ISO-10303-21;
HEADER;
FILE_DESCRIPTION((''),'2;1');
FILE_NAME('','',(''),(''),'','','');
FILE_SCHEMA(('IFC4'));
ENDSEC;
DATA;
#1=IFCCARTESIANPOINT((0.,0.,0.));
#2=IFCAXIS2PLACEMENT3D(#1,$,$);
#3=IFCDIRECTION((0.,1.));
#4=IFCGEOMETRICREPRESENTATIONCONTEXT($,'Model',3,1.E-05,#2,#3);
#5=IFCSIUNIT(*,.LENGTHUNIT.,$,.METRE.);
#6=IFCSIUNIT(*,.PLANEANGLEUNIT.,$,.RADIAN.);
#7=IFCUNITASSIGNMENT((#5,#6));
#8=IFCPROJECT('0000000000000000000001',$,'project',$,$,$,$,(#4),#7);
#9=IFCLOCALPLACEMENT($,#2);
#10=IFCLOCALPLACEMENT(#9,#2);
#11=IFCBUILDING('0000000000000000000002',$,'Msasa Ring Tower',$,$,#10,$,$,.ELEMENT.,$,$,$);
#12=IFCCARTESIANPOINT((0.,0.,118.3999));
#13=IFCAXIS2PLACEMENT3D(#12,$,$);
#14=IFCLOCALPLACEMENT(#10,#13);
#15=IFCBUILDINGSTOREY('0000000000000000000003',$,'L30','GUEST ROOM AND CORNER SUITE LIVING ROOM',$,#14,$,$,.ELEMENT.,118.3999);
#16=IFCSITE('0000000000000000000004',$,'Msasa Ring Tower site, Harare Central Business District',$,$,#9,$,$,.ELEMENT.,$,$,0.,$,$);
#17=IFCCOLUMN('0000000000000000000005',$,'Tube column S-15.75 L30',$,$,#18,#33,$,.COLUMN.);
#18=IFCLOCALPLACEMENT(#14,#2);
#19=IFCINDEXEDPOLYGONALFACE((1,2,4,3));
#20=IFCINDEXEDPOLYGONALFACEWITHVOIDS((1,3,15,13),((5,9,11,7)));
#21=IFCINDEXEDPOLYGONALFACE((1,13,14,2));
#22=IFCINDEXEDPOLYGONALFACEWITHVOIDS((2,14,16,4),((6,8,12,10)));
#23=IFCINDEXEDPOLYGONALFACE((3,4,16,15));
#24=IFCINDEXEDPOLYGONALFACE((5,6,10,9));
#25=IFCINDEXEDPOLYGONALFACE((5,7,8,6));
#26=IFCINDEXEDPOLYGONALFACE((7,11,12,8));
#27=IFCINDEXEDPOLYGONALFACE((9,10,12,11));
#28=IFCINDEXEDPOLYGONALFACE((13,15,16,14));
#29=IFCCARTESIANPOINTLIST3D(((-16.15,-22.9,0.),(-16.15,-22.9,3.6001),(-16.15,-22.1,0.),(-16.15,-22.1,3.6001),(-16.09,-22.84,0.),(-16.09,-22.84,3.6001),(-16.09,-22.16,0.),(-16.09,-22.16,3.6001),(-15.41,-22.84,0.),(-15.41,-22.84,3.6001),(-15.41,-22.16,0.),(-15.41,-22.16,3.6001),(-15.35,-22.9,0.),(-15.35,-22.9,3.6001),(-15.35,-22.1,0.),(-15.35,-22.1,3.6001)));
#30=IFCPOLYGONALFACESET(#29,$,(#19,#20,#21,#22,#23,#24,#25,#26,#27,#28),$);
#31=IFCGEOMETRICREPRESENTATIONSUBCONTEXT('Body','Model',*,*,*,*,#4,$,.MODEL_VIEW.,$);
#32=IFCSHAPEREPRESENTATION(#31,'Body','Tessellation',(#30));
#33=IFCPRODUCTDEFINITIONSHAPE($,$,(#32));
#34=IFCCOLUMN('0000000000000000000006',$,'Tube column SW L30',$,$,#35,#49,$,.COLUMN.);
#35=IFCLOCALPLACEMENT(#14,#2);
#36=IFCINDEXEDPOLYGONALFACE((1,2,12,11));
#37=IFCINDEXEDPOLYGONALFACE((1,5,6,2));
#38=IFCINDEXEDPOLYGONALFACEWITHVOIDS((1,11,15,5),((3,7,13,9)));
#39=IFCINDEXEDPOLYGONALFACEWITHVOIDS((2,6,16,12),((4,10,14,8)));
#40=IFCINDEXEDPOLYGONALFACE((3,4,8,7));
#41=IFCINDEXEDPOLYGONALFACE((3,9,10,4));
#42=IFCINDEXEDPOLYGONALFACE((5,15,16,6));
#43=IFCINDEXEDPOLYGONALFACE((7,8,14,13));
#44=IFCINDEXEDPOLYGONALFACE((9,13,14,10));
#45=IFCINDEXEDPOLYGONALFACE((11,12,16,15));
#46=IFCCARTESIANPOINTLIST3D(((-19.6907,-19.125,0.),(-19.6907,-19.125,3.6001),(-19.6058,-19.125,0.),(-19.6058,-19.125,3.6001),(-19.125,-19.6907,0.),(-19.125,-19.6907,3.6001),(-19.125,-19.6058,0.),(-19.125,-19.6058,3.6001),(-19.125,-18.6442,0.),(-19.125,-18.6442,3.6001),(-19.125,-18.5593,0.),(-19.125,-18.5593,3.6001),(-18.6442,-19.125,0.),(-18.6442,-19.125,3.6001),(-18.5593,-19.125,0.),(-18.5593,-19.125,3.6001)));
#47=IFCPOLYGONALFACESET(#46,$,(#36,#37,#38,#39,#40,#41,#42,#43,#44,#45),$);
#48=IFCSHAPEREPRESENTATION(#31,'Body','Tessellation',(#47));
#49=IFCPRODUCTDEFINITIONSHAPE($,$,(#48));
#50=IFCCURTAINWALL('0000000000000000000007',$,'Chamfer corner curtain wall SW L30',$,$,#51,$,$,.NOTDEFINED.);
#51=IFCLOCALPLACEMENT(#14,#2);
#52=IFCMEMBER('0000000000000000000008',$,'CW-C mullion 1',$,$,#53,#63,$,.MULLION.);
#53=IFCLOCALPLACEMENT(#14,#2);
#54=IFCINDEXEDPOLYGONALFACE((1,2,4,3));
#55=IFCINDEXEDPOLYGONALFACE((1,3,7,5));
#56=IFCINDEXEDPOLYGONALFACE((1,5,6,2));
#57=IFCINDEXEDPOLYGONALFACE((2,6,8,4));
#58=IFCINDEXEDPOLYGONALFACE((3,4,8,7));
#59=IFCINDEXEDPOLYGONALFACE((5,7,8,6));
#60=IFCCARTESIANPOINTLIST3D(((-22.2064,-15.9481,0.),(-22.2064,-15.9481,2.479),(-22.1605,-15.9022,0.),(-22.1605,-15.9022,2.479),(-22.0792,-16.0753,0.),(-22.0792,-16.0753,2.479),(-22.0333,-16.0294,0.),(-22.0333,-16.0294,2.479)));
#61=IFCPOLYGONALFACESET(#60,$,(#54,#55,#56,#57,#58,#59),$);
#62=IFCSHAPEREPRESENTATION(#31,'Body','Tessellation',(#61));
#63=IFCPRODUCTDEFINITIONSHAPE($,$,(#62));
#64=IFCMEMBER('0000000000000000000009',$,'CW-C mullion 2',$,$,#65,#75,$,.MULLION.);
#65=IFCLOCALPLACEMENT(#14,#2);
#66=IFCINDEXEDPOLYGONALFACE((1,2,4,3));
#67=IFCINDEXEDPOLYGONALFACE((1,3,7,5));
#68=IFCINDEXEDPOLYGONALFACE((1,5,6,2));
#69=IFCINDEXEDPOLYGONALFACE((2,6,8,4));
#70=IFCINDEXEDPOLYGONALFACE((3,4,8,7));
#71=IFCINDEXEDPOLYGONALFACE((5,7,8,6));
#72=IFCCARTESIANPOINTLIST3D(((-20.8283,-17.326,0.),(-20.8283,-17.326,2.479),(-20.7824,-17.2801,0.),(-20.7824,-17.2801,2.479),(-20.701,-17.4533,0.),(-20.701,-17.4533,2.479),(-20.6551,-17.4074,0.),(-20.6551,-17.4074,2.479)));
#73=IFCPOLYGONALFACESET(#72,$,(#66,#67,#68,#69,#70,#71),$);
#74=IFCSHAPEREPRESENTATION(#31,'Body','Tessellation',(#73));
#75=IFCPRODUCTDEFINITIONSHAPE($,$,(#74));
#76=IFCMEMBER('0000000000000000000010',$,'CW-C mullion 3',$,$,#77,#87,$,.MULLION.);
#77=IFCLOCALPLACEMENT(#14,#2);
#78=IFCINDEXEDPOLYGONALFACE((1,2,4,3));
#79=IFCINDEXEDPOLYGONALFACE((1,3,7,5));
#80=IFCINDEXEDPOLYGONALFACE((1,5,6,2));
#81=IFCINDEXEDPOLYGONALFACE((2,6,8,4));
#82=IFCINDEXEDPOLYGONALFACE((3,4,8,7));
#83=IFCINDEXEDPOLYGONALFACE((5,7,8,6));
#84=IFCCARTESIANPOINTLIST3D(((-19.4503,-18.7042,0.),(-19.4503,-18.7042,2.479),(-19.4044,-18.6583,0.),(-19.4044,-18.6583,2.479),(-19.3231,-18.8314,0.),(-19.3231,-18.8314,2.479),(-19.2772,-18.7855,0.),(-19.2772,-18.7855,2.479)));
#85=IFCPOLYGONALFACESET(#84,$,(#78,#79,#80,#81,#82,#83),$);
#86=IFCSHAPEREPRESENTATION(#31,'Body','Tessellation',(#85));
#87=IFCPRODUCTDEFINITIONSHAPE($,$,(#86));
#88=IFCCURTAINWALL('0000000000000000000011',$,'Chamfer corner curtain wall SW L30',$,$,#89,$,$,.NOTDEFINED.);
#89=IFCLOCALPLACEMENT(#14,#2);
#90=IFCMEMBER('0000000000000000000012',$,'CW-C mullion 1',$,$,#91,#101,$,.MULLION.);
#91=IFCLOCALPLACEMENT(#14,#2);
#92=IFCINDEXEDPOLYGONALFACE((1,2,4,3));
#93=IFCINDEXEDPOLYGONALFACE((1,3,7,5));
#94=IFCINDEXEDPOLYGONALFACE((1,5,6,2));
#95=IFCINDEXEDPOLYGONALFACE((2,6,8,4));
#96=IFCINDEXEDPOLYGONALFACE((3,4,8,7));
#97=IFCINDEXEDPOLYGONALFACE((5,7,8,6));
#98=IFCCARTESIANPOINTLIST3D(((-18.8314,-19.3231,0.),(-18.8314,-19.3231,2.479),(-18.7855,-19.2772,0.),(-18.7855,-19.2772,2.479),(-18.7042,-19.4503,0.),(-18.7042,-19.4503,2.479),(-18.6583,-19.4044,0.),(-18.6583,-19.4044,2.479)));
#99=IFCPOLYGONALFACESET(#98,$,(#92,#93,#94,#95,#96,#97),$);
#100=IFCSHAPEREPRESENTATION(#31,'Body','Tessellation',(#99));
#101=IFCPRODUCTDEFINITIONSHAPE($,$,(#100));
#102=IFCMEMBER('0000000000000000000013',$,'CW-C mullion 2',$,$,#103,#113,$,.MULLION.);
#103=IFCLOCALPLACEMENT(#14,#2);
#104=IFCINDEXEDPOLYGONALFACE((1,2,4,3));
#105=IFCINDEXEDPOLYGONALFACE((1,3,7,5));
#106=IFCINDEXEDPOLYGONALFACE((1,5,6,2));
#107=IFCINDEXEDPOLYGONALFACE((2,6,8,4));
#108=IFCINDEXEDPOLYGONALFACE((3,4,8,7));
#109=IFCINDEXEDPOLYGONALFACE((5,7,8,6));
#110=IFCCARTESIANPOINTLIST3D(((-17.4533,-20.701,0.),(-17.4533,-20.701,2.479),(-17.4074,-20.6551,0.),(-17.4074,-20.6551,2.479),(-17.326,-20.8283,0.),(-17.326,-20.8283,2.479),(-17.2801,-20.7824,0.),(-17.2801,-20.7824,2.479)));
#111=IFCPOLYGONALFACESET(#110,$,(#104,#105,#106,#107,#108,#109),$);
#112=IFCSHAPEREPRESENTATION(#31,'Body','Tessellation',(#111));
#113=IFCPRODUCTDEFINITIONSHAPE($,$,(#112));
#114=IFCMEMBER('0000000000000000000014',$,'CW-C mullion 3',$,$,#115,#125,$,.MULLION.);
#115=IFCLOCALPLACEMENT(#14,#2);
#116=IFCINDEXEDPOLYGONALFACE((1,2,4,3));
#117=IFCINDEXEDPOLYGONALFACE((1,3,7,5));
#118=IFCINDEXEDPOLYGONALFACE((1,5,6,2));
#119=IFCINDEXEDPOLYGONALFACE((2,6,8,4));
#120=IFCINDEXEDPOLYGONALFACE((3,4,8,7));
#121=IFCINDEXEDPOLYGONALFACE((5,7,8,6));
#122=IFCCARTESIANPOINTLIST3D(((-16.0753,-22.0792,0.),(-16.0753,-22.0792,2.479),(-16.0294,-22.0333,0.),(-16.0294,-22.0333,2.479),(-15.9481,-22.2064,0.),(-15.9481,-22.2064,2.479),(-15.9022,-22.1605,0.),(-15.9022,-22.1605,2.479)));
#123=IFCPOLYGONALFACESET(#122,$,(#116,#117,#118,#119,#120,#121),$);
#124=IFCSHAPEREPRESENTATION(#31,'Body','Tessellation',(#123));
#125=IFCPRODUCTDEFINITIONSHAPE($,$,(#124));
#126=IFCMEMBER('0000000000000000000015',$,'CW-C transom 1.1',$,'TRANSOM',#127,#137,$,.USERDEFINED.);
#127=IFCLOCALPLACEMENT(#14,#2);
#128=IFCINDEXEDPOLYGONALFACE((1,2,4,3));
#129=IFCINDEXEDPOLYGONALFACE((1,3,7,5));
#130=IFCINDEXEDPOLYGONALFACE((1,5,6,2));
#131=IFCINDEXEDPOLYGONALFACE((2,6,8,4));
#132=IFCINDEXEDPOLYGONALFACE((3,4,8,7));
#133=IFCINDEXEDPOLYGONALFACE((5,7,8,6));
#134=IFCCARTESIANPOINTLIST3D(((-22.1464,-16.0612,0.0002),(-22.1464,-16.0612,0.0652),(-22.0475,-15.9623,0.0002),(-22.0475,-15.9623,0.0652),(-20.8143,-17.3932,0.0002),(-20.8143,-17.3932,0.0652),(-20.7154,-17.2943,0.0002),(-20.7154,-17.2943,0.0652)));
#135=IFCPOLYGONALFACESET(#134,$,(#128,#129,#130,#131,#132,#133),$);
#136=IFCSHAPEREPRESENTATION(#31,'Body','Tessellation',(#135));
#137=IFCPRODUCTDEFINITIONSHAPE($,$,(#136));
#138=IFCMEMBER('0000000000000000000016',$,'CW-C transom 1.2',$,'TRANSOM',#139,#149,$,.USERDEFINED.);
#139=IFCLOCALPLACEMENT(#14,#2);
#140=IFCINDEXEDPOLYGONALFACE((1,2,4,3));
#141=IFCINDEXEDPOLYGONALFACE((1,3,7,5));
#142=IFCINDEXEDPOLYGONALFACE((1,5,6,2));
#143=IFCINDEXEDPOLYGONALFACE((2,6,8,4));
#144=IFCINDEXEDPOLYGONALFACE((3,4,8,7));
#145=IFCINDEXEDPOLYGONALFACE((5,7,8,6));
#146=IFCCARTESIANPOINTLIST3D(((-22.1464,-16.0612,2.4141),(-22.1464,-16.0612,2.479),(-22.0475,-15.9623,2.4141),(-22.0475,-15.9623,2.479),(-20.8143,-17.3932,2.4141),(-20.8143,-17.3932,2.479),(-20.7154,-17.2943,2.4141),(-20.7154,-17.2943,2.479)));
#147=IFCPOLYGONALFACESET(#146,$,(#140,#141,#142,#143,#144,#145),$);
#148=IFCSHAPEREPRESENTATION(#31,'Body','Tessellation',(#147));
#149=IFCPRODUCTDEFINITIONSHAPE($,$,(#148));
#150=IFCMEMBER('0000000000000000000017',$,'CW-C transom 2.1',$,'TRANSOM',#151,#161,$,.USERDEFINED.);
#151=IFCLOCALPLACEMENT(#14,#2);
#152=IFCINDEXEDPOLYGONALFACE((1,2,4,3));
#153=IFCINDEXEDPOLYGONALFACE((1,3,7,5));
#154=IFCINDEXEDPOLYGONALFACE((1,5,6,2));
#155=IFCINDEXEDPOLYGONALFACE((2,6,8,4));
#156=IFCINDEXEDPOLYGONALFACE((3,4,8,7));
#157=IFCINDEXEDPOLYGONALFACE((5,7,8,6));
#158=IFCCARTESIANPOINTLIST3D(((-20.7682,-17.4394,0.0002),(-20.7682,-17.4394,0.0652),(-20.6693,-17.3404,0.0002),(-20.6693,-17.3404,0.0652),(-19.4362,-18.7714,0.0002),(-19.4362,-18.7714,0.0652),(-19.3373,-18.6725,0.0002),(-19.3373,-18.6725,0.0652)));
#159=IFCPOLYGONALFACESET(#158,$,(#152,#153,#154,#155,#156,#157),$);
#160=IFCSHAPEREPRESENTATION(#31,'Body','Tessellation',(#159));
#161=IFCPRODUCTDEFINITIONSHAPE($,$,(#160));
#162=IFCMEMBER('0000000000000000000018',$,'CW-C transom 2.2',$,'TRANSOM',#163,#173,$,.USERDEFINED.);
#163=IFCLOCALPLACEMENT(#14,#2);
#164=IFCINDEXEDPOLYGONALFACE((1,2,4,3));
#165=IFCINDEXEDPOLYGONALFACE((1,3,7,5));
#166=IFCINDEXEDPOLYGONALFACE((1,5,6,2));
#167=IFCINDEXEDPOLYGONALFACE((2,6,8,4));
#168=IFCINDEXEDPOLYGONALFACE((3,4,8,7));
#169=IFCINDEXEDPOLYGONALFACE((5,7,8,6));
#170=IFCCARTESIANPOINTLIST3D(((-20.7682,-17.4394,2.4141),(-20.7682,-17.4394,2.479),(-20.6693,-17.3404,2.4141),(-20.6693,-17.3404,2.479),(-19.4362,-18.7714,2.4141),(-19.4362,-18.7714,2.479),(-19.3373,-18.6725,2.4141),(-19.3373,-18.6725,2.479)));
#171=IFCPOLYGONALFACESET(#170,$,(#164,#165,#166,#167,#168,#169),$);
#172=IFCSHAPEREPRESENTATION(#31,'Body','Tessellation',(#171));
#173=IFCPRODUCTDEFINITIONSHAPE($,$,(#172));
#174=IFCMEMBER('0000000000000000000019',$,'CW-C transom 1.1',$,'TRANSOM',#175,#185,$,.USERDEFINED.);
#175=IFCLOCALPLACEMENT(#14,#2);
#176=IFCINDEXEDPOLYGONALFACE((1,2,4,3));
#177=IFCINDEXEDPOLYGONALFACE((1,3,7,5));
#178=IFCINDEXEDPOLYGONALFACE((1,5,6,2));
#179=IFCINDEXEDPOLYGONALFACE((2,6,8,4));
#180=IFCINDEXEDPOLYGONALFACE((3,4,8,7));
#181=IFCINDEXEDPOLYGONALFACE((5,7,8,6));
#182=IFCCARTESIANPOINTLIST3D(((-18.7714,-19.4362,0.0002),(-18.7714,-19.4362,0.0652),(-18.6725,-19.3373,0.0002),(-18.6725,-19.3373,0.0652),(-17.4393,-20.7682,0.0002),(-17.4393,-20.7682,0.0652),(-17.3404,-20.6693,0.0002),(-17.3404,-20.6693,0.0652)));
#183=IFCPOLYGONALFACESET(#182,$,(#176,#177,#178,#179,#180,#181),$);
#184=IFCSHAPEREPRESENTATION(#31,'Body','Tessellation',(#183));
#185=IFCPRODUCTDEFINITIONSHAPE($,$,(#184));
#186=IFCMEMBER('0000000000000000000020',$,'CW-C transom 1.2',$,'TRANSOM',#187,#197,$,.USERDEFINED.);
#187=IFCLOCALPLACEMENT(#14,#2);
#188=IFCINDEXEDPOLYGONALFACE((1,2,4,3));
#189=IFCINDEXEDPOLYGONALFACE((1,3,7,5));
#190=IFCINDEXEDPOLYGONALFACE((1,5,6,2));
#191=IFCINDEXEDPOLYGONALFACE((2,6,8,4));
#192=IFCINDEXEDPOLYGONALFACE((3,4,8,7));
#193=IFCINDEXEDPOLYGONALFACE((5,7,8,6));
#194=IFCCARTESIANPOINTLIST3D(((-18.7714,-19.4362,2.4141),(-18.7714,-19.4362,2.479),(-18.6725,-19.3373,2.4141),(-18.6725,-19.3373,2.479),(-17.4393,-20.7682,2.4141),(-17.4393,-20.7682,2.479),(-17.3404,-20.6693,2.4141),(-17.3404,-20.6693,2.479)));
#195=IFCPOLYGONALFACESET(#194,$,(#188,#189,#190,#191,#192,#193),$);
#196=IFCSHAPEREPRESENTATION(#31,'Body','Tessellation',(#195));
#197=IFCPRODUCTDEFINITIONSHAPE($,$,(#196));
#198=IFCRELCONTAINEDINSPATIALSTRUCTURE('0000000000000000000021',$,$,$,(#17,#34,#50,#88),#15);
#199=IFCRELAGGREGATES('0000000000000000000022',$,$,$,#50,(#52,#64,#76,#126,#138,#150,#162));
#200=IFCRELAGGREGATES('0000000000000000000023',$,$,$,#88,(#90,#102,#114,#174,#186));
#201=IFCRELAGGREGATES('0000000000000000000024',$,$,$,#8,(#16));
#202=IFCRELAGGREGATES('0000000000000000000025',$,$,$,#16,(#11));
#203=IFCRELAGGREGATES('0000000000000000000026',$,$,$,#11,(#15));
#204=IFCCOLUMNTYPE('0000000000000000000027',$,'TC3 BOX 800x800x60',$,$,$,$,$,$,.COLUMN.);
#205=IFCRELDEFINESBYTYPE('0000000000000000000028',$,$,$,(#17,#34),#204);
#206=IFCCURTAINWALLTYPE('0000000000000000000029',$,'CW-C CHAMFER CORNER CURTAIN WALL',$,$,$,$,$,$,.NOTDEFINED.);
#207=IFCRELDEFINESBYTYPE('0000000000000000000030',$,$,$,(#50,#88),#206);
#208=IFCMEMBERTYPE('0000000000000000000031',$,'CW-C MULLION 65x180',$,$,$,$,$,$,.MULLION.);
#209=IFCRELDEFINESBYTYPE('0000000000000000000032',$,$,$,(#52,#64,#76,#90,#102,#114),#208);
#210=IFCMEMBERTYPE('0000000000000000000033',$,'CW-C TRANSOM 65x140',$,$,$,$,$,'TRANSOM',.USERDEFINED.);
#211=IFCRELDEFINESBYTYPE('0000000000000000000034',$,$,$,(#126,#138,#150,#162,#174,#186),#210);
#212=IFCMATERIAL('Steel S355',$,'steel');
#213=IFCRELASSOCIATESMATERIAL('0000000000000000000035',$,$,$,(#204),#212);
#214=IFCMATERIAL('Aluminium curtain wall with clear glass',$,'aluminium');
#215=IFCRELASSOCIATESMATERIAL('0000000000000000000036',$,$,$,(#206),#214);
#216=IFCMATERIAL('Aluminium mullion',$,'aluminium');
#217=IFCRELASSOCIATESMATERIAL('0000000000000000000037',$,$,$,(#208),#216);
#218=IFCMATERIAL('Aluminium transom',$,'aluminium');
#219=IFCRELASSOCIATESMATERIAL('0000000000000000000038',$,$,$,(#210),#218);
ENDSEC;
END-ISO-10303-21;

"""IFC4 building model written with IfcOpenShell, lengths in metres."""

from ifc_helpers import new_model, si_unit, direction, frame, origin, origin_2d, place, context, subcontext, project, spatial, rectangle, hollow_rectangle, extrude, material, material_profile, profile_set, type_object, element, aggregate, save


model = new_model("IFC4")

# Units and contexts
model_context = context("Model", 3, precision=1e-05, world=origin(), true_north=direction((0.0, 1.0)))
body_context = subcontext(model_context, "Body", "Model", "MODEL_VIEW")
ifc_project = project(units=[si_unit("LENGTHUNIT", "METRE"), si_unit("PLANEANGLEUNIT", "RADIAN")], contexts=[model_context])

# Site, building, storey
site_placement = place(None, origin())
site = spatial("IfcSite", under=ifc_project, at=site_placement, Name="Msasa Ring Tower site, Harare Central Business District", CompositionType="ELEMENT", RefElevation=0.0)
building_placement = place(site_placement, origin())
building = spatial("IfcBuilding", under=site, at=building_placement, Name="Msasa Ring Tower", CompositionType="ELEMENT")
storey_placement = place(building_placement, frame((0.0, 0.0, 118.3999)))
storey = spatial("IfcBuildingStorey", under=building, at=storey_placement, Name="L30", Description="GUEST ROOM AND CORNER SUITE LIVING ROOM", CompositionType="ELEMENT", Elevation=118.3999)

# Columns
ifc_material_1 = material(Name="Steel S355", Category="steel")
ifc_material_profile_1 = material_profile(ifc_material_1, hollow_rectangle(XDim=0.8, YDim=0.8, WallThickness=0.0601, at=origin_2d()), Name="BOX 800x800x60")
ifc_profile_set_1 = profile_set([ifc_material_profile_1], Name="Steel S355")
column_type = type_object("IfcColumnType", Name="TC3 BOX 800x800x60", PredefinedType="COLUMN", material=ifc_profile_set_1)
for number, where, z_axis, x_axis, name in (
    (1, (-15.75, -22.5, 0.0), (0.0, 0.0, 1.0), (0.0, 1.0, 0.0), "Tube column S-15.75 L30"),
    (2, (-19.125, -19.125, 0.0), (0.0, 0.0, 1.0), (0.707107, 0.707107, 0.0), "Tube column SW L30"),
):
    element("IfcColumn", number, at=place(storey_placement, frame(where, z_axis=z_axis, x_axis=x_axis)), inside=storey, type_object=column_type, Name=name, PredefinedType="COLUMN", context=body_context, shape_type="SweptSolid", body=[
        extrude(hollow_rectangle(XDim=0.8, YDim=0.8, WallThickness=0.0601, at=origin_2d()), origin(), (0.0, 0.0, 1.0), 3.6001),
    ])

# Curtain walls, members
ifc_material_2 = material(Name="Aluminium curtain wall with clear glass", Category="aluminium")
curtain_wall_type = type_object("IfcCurtainWallType", Name="CW-C CHAMFER CORNER CURTAIN WALL", PredefinedType="NOTDEFINED", material=ifc_material_2)
curtain_wall_1_placement = place(storey_placement, origin())
curtain_wall_1 = element("IfcCurtainWall", 3, at=curtain_wall_1_placement, inside=storey, type_object=curtain_wall_type, Name="Chamfer corner curtain wall SW L30", PredefinedType="NOTDEFINED")
ifc_material_3 = material(Name="Aluminium mullion", Category="aluminium")
ifc_material_profile_2 = material_profile(ifc_material_3, rectangle(XDim=0.0649, YDim=0.1799, at=origin_2d()), Name="AL 65x180")
ifc_profile_set_2 = profile_set([ifc_material_profile_2], Name="Aluminium mullion")
member_type_1 = type_object("IfcMemberType", Name="CW-C MULLION 65x180", PredefinedType="MULLION", material=ifc_profile_set_2)
member_1_placement = place(storey_placement, frame((-22.1199, -15.9888, 0.0), z_axis=(0.0, 0.0, 1.0), x_axis=(0.707107, 0.707107, 0.0)))
member_1 = element("IfcMember", 4, at=member_1_placement, type_object=member_type_1, Name="CW-C mullion 1", PredefinedType="MULLION", context=body_context, shape_type="SweptSolid", body=[
    extrude(rectangle(XDim=0.0649, YDim=0.1799, at=origin_2d()), origin(), (0.0, 0.0, 1.0), 2.479),
])
member_2_placement = place(storey_placement, frame((-20.7417, -17.3667, 0.0), z_axis=(0.0, 0.0, 1.0), x_axis=(0.707107, 0.707107, 0.0)))
member_2 = element("IfcMember", 5, at=member_2_placement, type_object=member_type_1, Name="CW-C mullion 2", PredefinedType="MULLION", context=body_context, shape_type="SweptSolid", body=[
    extrude(rectangle(XDim=0.0649, YDim=0.1799, at=origin_2d()), origin(), (0.0, 0.0, 1.0), 2.479),
])
member_3_placement = place(storey_placement, frame((-19.3638, -18.7449, 0.0), z_axis=(0.0, 0.0, 1.0), x_axis=(0.707107, 0.707107, 0.0)))
member_3 = element("IfcMember", 6, at=member_3_placement, type_object=member_type_1, Name="CW-C mullion 3", PredefinedType="MULLION", context=body_context, shape_type="SweptSolid", body=[
    extrude(rectangle(XDim=0.0649, YDim=0.1799, at=origin_2d()), origin(), (0.0, 0.0, 1.0), 2.479),
])
curtain_wall_2_placement = place(storey_placement, origin())
curtain_wall_2 = element("IfcCurtainWall", 7, at=curtain_wall_2_placement, inside=storey, type_object=curtain_wall_type, Name="Chamfer corner curtain wall SW L30", PredefinedType="NOTDEFINED")
member_4_placement = place(storey_placement, frame((-18.7449, -19.3638, 0.0), z_axis=(0.0, 0.0, 1.0), x_axis=(0.707107, 0.707107, 0.0)))
member_4 = element("IfcMember", 8, at=member_4_placement, type_object=member_type_1, Name="CW-C mullion 1", PredefinedType="MULLION", context=body_context, shape_type="SweptSolid", body=[
    extrude(rectangle(XDim=0.0649, YDim=0.1799, at=origin_2d()), origin(), (0.0, 0.0, 1.0), 2.479),
])
member_5_placement = place(storey_placement, frame((-17.3667, -20.7417, 0.0), z_axis=(0.0, 0.0, 1.0), x_axis=(0.707107, 0.707107, 0.0)))
member_5 = element("IfcMember", 9, at=member_5_placement, type_object=member_type_1, Name="CW-C mullion 2", PredefinedType="MULLION", context=body_context, shape_type="SweptSolid", body=[
    extrude(rectangle(XDim=0.0649, YDim=0.1799, at=origin_2d()), origin(), (0.0, 0.0, 1.0), 2.479),
])
member_6_placement = place(storey_placement, frame((-15.9888, -22.1199, 0.0), z_axis=(0.0, 0.0, 1.0), x_axis=(0.707107, 0.707107, 0.0)))
member_6 = element("IfcMember", 10, at=member_6_placement, type_object=member_type_1, Name="CW-C mullion 3", PredefinedType="MULLION", context=body_context, shape_type="SweptSolid", body=[
    extrude(rectangle(XDim=0.0649, YDim=0.1799, at=origin_2d()), origin(), (0.0, 0.0, 1.0), 2.479),
])

# Members
ifc_material_4 = material(Name="Aluminium transom", Category="aluminium")
ifc_material_profile_3 = material_profile(ifc_material_4, rectangle(XDim=0.1399, YDim=0.0649, at=origin_2d()), Name="AL 65x140")
ifc_profile_set_3 = profile_set([ifc_material_profile_3], Name="Aluminium transom")
member_type_2 = type_object("IfcMemberType", Name="CW-C TRANSOM 65x140", ElementType="TRANSOM", PredefinedType="USERDEFINED", material=ifc_profile_set_3)
member_7_placement = place(storey_placement, frame((-22.0969, -16.0117, 0.0327), z_axis=(0.707107, -0.707107, 0.0), x_axis=(0.707107, 0.707107, 0.0)))
member_7 = element("IfcMember", 11, at=member_7_placement, type_object=member_type_2, Name="CW-C transom 1.1", ObjectType="TRANSOM", PredefinedType="USERDEFINED", context=body_context, shape_type="SweptSolid", body=[
    extrude(rectangle(XDim=0.1399, YDim=0.0649, at=origin_2d()), origin(), (0.0, 0.0, 1.0), 1.8838),
])
member_8_placement = place(storey_placement, frame((-22.0969, -16.0117, 2.4465), z_axis=(0.707107, -0.707107, 0.0), x_axis=(0.707107, 0.707107, 0.0)))
member_8 = element("IfcMember", 12, at=member_8_placement, type_object=member_type_2, Name="CW-C transom 1.2", ObjectType="TRANSOM", PredefinedType="USERDEFINED", context=body_context, shape_type="SweptSolid", body=[
    extrude(rectangle(XDim=0.1399, YDim=0.0649, at=origin_2d()), origin(), (0.0, 0.0, 1.0), 1.8838),
])
member_9_placement = place(storey_placement, frame((-20.7188, -17.3899, 0.0327), z_axis=(0.707107, -0.707107, 0.0), x_axis=(0.707107, 0.707107, 0.0)))
member_9 = element("IfcMember", 13, at=member_9_placement, type_object=member_type_2, Name="CW-C transom 2.1", ObjectType="TRANSOM", PredefinedType="USERDEFINED", context=body_context, shape_type="SweptSolid", body=[
    extrude(rectangle(XDim=0.1399, YDim=0.0649, at=origin_2d()), origin(), (0.0, 0.0, 1.0), 1.8838),
])
member_10_placement = place(storey_placement, frame((-20.7188, -17.3899, 2.4465), z_axis=(0.707107, -0.707107, 0.0), x_axis=(0.707107, 0.707107, 0.0)))
member_10 = element("IfcMember", 14, at=member_10_placement, type_object=member_type_2, Name="CW-C transom 2.2", ObjectType="TRANSOM", PredefinedType="USERDEFINED", context=body_context, shape_type="SweptSolid", body=[
    extrude(rectangle(XDim=0.1399, YDim=0.0649, at=origin_2d()), origin(), (0.0, 0.0, 1.0), 1.8838),
])
member_11_placement = place(storey_placement, frame((-18.7219, -19.3867, 0.0327), z_axis=(0.707107, -0.707107, 0.0), x_axis=(0.707107, 0.707107, 0.0)))
member_11 = element("IfcMember", 15, at=member_11_placement, type_object=member_type_2, Name="CW-C transom 1.1", ObjectType="TRANSOM", PredefinedType="USERDEFINED", context=body_context, shape_type="SweptSolid", body=[
    extrude(rectangle(XDim=0.1399, YDim=0.0649, at=origin_2d()), origin(), (0.0, 0.0, 1.0), 1.8838),
])
member_12_placement = place(storey_placement, frame((-18.7219, -19.3867, 2.4465), z_axis=(0.707107, -0.707107, 0.0), x_axis=(0.707107, 0.707107, 0.0)))
member_12 = element("IfcMember", 16, at=member_12_placement, type_object=member_type_2, Name="CW-C transom 1.2", ObjectType="TRANSOM", PredefinedType="USERDEFINED", context=body_context, shape_type="SweptSolid", body=[
    extrude(rectangle(XDim=0.1399, YDim=0.0649, at=origin_2d()), origin(), (0.0, 0.0, 1.0), 1.8838),
])

aggregate(curtain_wall_1, [member_1, member_2, member_3, member_7, member_8, member_9, member_10])
aggregate(curtain_wall_2, [member_4, member_5, member_6, member_11, member_12])

save(model, "model.ifc")
